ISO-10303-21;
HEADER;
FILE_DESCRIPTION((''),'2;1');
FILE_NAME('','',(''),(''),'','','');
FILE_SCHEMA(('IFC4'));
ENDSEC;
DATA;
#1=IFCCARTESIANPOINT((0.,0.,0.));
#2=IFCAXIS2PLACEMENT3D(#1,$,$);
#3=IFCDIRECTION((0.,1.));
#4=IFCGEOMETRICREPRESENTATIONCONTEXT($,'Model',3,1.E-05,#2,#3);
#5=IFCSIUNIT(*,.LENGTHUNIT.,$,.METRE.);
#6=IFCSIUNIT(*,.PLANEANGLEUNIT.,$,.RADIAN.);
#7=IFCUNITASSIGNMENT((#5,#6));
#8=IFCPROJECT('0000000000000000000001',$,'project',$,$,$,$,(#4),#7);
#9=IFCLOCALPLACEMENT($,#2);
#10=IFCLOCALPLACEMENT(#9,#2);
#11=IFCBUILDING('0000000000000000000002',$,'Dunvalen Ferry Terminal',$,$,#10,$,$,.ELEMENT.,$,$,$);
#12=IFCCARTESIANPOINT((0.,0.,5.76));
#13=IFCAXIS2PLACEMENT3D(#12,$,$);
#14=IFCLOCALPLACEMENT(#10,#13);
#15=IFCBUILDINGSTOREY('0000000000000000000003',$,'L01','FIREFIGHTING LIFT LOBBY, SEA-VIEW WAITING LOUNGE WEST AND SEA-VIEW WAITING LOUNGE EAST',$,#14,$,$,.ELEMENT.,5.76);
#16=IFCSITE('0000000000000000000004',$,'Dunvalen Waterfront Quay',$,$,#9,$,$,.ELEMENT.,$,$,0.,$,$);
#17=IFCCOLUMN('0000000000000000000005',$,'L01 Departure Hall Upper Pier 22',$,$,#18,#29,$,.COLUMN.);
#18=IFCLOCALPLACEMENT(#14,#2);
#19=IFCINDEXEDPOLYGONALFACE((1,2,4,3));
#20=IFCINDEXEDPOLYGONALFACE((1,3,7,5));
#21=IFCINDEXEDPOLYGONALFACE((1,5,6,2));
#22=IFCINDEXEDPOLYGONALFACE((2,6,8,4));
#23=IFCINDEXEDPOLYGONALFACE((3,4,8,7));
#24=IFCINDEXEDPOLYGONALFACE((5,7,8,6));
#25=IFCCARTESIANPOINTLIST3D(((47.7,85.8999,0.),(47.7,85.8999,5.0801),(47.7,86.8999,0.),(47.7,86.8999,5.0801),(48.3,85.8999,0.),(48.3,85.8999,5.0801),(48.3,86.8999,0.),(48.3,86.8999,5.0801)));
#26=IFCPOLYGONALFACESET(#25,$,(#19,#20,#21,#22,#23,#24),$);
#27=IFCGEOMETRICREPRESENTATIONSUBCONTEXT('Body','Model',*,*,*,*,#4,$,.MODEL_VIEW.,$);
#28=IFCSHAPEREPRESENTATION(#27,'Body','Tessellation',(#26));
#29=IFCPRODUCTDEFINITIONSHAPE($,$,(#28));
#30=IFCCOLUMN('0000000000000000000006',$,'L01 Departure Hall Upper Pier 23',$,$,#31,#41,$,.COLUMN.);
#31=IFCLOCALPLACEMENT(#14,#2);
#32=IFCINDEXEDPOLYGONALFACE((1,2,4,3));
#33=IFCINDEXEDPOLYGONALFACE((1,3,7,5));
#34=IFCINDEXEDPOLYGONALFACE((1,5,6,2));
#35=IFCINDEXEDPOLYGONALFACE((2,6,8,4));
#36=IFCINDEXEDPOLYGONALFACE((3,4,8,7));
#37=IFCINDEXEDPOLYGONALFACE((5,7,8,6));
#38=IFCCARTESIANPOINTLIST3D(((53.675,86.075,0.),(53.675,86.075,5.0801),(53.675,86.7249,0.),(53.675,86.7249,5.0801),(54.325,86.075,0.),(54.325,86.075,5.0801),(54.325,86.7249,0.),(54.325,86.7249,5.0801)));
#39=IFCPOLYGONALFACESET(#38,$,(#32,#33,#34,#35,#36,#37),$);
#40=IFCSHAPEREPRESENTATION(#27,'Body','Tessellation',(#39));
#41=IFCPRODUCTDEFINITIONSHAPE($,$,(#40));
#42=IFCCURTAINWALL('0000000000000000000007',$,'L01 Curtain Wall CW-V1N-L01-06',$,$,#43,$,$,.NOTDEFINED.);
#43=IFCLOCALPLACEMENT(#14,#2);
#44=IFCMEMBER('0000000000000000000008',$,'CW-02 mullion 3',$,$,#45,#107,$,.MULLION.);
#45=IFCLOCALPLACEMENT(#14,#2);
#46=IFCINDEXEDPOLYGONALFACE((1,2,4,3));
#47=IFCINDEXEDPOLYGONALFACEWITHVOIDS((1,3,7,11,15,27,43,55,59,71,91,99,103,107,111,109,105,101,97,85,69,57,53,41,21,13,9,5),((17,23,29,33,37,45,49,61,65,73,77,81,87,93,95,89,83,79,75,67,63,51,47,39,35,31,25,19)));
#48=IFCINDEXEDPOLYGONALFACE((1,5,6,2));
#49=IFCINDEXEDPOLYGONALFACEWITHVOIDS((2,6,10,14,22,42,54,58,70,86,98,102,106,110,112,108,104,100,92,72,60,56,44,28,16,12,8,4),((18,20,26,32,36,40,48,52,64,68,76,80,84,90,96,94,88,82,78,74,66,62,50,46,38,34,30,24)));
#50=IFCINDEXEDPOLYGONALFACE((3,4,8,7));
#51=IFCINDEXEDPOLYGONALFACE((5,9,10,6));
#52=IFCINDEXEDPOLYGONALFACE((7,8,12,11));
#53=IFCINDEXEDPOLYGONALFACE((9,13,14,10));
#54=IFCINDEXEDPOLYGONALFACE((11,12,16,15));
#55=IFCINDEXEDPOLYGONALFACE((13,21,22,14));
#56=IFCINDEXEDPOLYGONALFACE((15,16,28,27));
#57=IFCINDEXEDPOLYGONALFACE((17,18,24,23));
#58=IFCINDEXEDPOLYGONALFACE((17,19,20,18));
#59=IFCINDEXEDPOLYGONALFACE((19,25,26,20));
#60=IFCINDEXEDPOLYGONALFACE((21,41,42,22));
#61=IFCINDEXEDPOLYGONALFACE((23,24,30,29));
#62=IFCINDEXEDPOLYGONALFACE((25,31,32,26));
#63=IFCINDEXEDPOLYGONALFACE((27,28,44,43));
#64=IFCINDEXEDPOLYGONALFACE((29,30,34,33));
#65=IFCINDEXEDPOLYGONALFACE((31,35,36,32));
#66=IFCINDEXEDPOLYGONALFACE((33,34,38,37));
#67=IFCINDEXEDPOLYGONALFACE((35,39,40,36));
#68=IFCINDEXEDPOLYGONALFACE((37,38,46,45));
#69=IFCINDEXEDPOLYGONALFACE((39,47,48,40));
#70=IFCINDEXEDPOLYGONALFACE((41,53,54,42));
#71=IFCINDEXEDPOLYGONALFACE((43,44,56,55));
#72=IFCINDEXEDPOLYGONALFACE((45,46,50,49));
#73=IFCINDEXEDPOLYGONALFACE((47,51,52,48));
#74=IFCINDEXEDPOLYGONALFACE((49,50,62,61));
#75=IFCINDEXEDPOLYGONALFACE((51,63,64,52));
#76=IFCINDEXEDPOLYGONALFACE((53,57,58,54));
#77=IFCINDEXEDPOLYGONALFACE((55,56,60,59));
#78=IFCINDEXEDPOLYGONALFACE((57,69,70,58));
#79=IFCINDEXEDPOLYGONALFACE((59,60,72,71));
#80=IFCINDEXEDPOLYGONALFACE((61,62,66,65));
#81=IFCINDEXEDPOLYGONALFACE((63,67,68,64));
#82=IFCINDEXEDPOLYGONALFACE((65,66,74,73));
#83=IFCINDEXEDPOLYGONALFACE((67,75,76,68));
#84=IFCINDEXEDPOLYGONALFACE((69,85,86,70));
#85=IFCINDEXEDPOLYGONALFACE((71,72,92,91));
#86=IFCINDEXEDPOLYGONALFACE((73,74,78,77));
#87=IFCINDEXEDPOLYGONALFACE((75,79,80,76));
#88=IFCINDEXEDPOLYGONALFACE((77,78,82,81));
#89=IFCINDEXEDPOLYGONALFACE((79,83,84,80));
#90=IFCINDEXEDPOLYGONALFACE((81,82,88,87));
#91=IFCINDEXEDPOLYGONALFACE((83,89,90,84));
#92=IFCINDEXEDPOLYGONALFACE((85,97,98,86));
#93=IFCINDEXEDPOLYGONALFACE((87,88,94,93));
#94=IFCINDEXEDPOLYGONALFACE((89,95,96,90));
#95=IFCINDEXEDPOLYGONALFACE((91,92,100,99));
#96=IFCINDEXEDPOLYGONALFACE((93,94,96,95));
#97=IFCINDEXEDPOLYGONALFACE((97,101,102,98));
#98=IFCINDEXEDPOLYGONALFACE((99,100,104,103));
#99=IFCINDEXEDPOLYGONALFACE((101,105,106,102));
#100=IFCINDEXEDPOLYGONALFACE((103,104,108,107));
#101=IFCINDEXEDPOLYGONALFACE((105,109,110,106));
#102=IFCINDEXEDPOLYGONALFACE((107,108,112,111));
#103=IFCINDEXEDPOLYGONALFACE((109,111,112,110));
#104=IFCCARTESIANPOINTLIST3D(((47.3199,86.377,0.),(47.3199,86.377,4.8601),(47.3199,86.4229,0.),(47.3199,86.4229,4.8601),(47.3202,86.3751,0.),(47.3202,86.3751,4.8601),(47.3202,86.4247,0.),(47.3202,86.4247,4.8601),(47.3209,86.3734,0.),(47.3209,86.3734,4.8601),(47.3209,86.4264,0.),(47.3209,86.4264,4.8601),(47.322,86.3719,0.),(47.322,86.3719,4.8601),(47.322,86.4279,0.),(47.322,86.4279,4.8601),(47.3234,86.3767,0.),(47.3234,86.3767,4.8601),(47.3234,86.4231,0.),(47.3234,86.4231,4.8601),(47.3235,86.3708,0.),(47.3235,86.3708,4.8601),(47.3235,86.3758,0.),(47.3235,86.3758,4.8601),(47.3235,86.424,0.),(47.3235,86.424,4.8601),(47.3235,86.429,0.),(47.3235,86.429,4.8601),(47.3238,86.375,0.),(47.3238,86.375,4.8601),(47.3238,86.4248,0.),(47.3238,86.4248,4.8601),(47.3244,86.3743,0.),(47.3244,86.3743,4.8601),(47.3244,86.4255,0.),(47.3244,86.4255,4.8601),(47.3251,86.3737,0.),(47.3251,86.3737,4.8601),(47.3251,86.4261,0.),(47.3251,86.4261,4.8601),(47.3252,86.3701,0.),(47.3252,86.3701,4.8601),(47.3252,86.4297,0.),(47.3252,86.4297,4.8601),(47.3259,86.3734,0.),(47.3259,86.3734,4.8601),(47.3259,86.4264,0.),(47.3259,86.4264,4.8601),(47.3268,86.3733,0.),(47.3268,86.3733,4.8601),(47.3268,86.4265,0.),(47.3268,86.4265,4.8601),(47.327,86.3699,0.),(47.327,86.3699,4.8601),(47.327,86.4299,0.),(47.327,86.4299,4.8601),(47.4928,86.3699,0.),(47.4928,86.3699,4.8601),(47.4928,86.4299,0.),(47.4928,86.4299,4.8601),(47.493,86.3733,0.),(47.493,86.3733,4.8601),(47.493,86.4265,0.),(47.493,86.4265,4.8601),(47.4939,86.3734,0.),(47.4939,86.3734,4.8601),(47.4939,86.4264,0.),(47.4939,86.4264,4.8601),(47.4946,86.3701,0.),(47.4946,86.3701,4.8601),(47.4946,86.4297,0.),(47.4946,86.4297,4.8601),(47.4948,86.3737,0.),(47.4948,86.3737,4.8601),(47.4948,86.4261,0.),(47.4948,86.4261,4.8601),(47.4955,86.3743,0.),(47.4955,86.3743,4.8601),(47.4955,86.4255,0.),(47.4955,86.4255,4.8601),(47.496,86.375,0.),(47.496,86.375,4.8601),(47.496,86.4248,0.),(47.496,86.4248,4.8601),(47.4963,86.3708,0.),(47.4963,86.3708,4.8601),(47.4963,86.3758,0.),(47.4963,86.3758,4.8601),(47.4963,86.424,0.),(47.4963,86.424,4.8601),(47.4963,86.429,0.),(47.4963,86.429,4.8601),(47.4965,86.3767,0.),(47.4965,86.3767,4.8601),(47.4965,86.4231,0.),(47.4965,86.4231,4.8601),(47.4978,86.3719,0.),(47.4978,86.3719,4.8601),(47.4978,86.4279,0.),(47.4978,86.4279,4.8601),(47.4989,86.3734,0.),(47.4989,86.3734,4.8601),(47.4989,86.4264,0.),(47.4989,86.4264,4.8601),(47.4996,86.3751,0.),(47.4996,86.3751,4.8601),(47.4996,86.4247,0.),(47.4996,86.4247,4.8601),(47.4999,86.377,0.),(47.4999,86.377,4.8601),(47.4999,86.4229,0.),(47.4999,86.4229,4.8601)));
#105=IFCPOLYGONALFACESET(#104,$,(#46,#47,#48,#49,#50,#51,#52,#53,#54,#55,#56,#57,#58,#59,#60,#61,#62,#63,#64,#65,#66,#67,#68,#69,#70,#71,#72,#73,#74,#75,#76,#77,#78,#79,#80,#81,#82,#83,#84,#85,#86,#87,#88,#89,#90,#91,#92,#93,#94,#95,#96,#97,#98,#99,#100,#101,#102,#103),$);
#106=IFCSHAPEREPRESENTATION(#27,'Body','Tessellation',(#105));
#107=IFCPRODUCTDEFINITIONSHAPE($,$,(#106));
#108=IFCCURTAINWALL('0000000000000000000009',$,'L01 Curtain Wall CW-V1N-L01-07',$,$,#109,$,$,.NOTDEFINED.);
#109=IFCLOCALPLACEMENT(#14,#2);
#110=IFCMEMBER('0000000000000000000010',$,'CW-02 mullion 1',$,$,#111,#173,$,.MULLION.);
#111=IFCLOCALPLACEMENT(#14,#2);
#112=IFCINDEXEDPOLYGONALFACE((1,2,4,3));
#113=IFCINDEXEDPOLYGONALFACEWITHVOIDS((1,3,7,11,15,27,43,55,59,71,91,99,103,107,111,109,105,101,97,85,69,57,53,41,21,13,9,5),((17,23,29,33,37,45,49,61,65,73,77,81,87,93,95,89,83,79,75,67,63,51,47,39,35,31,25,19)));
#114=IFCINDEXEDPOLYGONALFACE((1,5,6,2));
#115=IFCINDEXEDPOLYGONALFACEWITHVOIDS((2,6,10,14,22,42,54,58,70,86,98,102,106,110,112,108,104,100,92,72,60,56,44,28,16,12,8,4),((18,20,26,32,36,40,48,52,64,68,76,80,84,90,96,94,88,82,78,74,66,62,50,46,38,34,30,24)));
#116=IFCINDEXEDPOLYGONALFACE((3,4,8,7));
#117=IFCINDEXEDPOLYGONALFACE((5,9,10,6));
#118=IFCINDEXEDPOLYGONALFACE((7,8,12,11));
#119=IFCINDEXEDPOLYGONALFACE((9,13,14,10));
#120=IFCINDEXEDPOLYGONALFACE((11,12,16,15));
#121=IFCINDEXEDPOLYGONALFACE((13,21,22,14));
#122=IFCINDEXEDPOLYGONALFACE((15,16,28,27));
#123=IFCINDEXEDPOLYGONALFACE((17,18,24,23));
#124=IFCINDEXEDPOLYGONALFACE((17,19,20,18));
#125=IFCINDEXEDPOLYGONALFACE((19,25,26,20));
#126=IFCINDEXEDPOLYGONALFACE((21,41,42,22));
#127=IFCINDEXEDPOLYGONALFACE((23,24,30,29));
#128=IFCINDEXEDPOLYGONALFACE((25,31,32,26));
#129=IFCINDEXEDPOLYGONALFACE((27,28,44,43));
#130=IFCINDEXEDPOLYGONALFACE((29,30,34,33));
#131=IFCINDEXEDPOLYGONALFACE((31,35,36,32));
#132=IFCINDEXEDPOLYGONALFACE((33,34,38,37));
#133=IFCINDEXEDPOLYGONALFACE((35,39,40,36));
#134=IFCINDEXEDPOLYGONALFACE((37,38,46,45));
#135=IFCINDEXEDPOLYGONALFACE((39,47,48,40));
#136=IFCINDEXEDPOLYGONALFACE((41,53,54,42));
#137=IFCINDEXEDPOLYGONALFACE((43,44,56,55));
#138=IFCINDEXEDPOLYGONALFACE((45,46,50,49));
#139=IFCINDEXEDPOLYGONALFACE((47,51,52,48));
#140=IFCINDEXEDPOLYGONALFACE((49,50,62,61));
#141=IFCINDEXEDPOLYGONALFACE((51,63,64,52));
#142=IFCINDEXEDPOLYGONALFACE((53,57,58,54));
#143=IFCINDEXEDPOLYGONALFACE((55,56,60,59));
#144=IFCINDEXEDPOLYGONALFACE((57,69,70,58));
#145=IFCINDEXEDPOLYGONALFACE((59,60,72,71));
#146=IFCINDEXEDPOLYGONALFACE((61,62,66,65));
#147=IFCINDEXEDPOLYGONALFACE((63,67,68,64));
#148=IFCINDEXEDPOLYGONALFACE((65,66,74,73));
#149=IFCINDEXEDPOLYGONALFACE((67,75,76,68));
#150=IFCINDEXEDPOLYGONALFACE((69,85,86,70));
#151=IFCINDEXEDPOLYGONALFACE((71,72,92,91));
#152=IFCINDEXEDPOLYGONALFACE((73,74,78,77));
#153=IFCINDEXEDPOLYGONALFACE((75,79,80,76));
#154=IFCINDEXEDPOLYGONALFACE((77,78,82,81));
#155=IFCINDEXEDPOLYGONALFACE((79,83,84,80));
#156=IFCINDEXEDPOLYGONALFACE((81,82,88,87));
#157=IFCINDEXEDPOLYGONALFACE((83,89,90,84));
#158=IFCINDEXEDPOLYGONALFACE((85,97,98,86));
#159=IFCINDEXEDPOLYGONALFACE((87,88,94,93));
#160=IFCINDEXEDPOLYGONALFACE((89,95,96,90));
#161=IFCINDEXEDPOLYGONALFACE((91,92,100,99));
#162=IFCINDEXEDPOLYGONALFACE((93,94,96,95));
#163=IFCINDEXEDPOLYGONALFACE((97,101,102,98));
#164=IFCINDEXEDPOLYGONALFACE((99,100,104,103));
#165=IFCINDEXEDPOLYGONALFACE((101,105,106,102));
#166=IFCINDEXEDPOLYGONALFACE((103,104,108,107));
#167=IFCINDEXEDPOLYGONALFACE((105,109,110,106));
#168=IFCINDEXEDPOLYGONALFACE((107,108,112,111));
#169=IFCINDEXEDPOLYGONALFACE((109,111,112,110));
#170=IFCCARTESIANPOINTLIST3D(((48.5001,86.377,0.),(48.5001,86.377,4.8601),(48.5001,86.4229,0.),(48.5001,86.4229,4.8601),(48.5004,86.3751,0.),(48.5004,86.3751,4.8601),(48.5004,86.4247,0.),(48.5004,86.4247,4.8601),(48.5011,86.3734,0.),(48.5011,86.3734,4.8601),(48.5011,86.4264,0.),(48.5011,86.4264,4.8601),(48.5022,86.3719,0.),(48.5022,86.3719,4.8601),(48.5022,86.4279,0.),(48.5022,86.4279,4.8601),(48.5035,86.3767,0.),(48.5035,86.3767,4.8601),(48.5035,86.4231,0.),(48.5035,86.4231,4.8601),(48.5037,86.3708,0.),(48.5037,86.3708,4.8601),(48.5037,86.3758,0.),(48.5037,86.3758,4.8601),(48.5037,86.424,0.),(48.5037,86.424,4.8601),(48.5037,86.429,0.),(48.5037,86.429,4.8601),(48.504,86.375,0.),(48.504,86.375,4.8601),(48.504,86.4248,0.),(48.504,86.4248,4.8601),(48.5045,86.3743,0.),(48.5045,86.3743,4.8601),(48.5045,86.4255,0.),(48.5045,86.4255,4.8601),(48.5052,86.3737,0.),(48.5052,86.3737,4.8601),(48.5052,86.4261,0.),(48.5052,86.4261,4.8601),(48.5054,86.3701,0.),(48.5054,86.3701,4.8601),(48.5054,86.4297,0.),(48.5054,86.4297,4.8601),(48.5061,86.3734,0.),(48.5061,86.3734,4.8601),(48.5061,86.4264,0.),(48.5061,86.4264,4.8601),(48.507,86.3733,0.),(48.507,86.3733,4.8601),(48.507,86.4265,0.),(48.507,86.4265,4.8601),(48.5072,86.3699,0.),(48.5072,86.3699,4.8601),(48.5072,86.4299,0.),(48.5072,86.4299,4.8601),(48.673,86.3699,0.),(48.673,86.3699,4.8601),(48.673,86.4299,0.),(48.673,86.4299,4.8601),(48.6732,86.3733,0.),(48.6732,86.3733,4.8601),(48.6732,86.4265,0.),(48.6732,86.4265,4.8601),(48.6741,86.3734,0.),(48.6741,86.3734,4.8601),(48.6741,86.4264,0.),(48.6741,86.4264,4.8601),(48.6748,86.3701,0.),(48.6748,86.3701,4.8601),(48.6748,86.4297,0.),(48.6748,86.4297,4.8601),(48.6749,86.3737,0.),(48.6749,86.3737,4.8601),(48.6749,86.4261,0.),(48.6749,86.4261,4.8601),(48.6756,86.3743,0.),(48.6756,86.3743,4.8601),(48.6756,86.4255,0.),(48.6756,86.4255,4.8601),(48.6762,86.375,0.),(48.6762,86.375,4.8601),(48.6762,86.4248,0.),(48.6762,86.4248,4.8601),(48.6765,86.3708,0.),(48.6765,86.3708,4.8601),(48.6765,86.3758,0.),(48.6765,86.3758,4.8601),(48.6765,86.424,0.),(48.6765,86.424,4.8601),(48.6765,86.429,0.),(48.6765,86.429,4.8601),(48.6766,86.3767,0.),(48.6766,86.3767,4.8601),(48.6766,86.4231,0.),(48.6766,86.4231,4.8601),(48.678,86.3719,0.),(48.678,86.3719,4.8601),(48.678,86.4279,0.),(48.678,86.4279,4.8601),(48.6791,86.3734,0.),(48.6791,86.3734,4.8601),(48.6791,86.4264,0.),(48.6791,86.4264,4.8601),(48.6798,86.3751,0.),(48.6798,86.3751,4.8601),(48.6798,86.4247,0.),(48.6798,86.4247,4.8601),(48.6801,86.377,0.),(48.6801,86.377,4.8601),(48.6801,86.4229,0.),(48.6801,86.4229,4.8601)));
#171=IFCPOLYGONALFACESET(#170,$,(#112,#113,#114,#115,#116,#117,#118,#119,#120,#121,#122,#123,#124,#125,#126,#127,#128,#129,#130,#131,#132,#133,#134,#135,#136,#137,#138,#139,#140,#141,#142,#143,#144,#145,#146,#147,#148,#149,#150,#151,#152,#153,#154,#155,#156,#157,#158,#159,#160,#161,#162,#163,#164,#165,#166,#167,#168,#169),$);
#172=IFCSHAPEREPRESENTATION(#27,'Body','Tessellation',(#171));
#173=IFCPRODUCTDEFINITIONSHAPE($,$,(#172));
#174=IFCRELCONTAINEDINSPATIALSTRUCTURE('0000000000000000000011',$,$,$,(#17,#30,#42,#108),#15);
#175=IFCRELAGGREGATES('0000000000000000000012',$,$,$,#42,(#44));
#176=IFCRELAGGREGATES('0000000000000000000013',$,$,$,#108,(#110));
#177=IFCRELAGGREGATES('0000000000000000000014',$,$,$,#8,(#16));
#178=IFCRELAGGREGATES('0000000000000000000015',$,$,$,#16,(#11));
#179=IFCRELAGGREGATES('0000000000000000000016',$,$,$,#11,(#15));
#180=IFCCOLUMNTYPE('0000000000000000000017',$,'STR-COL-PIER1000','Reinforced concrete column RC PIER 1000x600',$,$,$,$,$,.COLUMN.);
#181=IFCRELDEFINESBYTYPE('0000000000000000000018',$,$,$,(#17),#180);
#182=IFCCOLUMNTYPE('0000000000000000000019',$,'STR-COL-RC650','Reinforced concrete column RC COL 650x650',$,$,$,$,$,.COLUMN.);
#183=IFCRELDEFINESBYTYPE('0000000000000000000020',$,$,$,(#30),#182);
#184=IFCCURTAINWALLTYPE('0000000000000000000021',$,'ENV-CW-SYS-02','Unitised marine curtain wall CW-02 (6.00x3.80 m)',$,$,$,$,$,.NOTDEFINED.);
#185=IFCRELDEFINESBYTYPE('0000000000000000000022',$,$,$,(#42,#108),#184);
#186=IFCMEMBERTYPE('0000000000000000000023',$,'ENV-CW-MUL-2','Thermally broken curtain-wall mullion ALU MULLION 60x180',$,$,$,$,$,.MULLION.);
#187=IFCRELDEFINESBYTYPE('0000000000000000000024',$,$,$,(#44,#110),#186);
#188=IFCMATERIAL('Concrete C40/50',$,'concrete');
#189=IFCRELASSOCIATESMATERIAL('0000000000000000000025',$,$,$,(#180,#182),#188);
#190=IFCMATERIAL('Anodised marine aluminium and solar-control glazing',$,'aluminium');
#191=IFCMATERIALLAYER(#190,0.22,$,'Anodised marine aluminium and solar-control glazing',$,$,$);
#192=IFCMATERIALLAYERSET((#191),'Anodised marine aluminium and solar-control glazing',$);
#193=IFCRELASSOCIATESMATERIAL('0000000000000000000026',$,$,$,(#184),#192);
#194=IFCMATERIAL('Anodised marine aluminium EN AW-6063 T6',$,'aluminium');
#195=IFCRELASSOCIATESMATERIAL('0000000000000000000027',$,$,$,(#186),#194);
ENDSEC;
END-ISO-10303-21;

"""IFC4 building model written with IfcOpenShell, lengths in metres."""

from ifc_helpers import new_model, si_unit, direction, frame, origin, origin_2d, place, context, subcontext, project, spatial, rectangle, hollow_rectangle, extrude, material, layer, layer_set, material_profile, profile_set, type_object, element, aggregate, save


model = new_model("IFC4")

# Units and contexts
model_context = context("Model", 3, precision=1e-05, world=origin(), true_north=direction((0.0, 1.0)))
body_context = subcontext(model_context, "Body", "Model", "MODEL_VIEW")
ifc_project = project(units=[si_unit("LENGTHUNIT", "METRE"), si_unit("PLANEANGLEUNIT", "RADIAN")], contexts=[model_context])

# Site, building, storey
site_placement = place(None, origin())
site = spatial("IfcSite", under=ifc_project, at=site_placement, Name="Dunvalen Waterfront Quay", CompositionType="ELEMENT", RefElevation=0.0)
building_placement = place(site_placement, origin())
building = spatial("IfcBuilding", under=site, at=building_placement, Name="Dunvalen Ferry Terminal", CompositionType="ELEMENT")
storey_placement = place(building_placement, frame((0.0, 0.0, 5.76)))
storey = spatial("IfcBuildingStorey", under=building, at=storey_placement, Name="L01", Description="FIREFIGHTING LIFT LOBBY, SEA-VIEW WAITING LOUNGE WEST AND SEA-VIEW WAITING LOUNGE EAST", CompositionType="ELEMENT", Elevation=5.76)

# Columns
ifc_material_1 = material(Name="Concrete C40/50", Category="concrete")
ifc_material_profile_1 = material_profile(ifc_material_1, rectangle(XDim=0.6001, YDim=1.0, at=origin_2d()), Name="Concrete C40/50")
ifc_profile_set_1 = profile_set([ifc_material_profile_1], Name="Concrete C40/50")
column_type_1 = type_object("IfcColumnType", Name="STR-COL-PIER1000", Description="Reinforced concrete column RC PIER 1000x600", PredefinedType="COLUMN", material=ifc_profile_set_1)
column_1_placement = place(storey_placement, frame((48.0, 86.3999, 0.0), z_axis=(0.0, 0.0, 1.0), x_axis=(1.0, 0.0, 0.0)))
element("IfcColumn", 1, at=column_1_placement, inside=storey, type_object=column_type_1, Name="L01 Departure Hall Upper Pier 22", PredefinedType="COLUMN", context=body_context, shape_type="SweptSolid", body=[
    extrude(rectangle(XDim=0.6001, YDim=1.0, at=origin_2d()), origin(), (0.0, 0.0, 1.0), 5.0801),
])
ifc_material_profile_2 = material_profile(ifc_material_1, rectangle(XDim=0.6499, YDim=0.6499, at=origin_2d()), Name="Concrete C40/50")
ifc_profile_set_2 = profile_set([ifc_material_profile_2], Name="Concrete C40/50")
column_type_2 = type_object("IfcColumnType", Name="STR-COL-RC650", Description="Reinforced concrete column RC COL 650x650", PredefinedType="COLUMN", material=ifc_profile_set_2)
column_2_placement = place(storey_placement, frame((54.0, 86.3999, 0.0), z_axis=(0.0, 0.0, 1.0), x_axis=(1.0, 0.0, 0.0)))
element("IfcColumn", 2, at=column_2_placement, inside=storey, type_object=column_type_2, Name="L01 Departure Hall Upper Pier 23", PredefinedType="COLUMN", context=body_context, shape_type="SweptSolid", body=[
    extrude(rectangle(XDim=0.6499, YDim=0.6499, at=origin_2d()), origin(), (0.0, 0.0, 1.0), 5.0801),
])

# Curtain wall, member
ifc_material_2 = material(Name="Anodised marine aluminium and solar-control glazing", Category="aluminium")
ifc_layer_1 = layer(ifc_material_2, 0.22, Name="Anodised marine aluminium and solar-control glazing")
ifc_layer_set_1 = layer_set([ifc_layer_1], Name="Anodised marine aluminium and solar-control glazing")
curtain_wall_type = type_object("IfcCurtainWallType", Name="ENV-CW-SYS-02", Description="Unitised marine curtain wall CW-02 (6.00x3.80 m)", PredefinedType="NOTDEFINED", material=ifc_layer_set_1)
curtain_wall_1_placement = place(storey_placement, origin())
curtain_wall_1 = element("IfcCurtainWall", 3, at=curtain_wall_1_placement, inside=storey, type_object=curtain_wall_type, Name="L01 Curtain Wall CW-V1N-L01-06", PredefinedType="NOTDEFINED")
ifc_material_3 = material(Name="Anodised marine aluminium EN AW-6063 T6", Category="aluminium")
ifc_material_profile_3 = material_profile(ifc_material_3, hollow_rectangle(XDim=0.0601, YDim=0.1799, WallThickness=0.0034, InnerFilletRadius=0.0034, OuterFilletRadius=0.0071, at=origin_2d()), Name="Anodised marine aluminium EN AW-6063 T6")
ifc_profile_set_3 = profile_set([ifc_material_profile_3], Name="Anodised marine aluminium EN AW-6063 T6")
member_type_1 = type_object("IfcMemberType", Name="ENV-CW-MUL-2", Description="Thermally broken curtain-wall mullion ALU MULLION 60x180", PredefinedType="MULLION", material=ifc_profile_set_3)
member_1_placement = place(storey_placement, frame((47.4099, 86.3999, 0.0), z_axis=(0.0, 0.0, 1.0), x_axis=(0.0, 1.0, 0.0)))
member_1 = element("IfcMember", 4, at=member_1_placement, type_object=member_type_1, Name="CW-02 mullion 3", PredefinedType="MULLION", context=body_context, shape_type="SweptSolid", body=[
    extrude(hollow_rectangle(XDim=0.0601, YDim=0.1799, WallThickness=0.0034, InnerFilletRadius=0.0034, OuterFilletRadius=0.0071, at=origin_2d()), origin(), (0.0, 0.0, 1.0), 4.8601),
])

# Curtain wall, member
curtain_wall_2_placement = place(storey_placement, origin())
curtain_wall_2 = element("IfcCurtainWall", 5, at=curtain_wall_2_placement, inside=storey, type_object=curtain_wall_type, Name="L01 Curtain Wall CW-V1N-L01-07", PredefinedType="NOTDEFINED")
member_2_placement = place(storey_placement, frame((48.5901, 86.3999, 0.0), z_axis=(0.0, 0.0, 1.0), x_axis=(0.0, 1.0, 0.0)))
member_2 = element("IfcMember", 6, at=member_2_placement, type_object=member_type_1, Name="CW-02 mullion 1", PredefinedType="MULLION", context=body_context, shape_type="SweptSolid", body=[
    extrude(hollow_rectangle(XDim=0.0601, YDim=0.1799, WallThickness=0.0034, InnerFilletRadius=0.0034, OuterFilletRadius=0.0071, at=origin_2d()), origin(), (0.0, 0.0, 1.0), 4.8601),
])

aggregate(curtain_wall_1, [member_1])
aggregate(curtain_wall_2, [member_2])

save(model, "model.ifc")
